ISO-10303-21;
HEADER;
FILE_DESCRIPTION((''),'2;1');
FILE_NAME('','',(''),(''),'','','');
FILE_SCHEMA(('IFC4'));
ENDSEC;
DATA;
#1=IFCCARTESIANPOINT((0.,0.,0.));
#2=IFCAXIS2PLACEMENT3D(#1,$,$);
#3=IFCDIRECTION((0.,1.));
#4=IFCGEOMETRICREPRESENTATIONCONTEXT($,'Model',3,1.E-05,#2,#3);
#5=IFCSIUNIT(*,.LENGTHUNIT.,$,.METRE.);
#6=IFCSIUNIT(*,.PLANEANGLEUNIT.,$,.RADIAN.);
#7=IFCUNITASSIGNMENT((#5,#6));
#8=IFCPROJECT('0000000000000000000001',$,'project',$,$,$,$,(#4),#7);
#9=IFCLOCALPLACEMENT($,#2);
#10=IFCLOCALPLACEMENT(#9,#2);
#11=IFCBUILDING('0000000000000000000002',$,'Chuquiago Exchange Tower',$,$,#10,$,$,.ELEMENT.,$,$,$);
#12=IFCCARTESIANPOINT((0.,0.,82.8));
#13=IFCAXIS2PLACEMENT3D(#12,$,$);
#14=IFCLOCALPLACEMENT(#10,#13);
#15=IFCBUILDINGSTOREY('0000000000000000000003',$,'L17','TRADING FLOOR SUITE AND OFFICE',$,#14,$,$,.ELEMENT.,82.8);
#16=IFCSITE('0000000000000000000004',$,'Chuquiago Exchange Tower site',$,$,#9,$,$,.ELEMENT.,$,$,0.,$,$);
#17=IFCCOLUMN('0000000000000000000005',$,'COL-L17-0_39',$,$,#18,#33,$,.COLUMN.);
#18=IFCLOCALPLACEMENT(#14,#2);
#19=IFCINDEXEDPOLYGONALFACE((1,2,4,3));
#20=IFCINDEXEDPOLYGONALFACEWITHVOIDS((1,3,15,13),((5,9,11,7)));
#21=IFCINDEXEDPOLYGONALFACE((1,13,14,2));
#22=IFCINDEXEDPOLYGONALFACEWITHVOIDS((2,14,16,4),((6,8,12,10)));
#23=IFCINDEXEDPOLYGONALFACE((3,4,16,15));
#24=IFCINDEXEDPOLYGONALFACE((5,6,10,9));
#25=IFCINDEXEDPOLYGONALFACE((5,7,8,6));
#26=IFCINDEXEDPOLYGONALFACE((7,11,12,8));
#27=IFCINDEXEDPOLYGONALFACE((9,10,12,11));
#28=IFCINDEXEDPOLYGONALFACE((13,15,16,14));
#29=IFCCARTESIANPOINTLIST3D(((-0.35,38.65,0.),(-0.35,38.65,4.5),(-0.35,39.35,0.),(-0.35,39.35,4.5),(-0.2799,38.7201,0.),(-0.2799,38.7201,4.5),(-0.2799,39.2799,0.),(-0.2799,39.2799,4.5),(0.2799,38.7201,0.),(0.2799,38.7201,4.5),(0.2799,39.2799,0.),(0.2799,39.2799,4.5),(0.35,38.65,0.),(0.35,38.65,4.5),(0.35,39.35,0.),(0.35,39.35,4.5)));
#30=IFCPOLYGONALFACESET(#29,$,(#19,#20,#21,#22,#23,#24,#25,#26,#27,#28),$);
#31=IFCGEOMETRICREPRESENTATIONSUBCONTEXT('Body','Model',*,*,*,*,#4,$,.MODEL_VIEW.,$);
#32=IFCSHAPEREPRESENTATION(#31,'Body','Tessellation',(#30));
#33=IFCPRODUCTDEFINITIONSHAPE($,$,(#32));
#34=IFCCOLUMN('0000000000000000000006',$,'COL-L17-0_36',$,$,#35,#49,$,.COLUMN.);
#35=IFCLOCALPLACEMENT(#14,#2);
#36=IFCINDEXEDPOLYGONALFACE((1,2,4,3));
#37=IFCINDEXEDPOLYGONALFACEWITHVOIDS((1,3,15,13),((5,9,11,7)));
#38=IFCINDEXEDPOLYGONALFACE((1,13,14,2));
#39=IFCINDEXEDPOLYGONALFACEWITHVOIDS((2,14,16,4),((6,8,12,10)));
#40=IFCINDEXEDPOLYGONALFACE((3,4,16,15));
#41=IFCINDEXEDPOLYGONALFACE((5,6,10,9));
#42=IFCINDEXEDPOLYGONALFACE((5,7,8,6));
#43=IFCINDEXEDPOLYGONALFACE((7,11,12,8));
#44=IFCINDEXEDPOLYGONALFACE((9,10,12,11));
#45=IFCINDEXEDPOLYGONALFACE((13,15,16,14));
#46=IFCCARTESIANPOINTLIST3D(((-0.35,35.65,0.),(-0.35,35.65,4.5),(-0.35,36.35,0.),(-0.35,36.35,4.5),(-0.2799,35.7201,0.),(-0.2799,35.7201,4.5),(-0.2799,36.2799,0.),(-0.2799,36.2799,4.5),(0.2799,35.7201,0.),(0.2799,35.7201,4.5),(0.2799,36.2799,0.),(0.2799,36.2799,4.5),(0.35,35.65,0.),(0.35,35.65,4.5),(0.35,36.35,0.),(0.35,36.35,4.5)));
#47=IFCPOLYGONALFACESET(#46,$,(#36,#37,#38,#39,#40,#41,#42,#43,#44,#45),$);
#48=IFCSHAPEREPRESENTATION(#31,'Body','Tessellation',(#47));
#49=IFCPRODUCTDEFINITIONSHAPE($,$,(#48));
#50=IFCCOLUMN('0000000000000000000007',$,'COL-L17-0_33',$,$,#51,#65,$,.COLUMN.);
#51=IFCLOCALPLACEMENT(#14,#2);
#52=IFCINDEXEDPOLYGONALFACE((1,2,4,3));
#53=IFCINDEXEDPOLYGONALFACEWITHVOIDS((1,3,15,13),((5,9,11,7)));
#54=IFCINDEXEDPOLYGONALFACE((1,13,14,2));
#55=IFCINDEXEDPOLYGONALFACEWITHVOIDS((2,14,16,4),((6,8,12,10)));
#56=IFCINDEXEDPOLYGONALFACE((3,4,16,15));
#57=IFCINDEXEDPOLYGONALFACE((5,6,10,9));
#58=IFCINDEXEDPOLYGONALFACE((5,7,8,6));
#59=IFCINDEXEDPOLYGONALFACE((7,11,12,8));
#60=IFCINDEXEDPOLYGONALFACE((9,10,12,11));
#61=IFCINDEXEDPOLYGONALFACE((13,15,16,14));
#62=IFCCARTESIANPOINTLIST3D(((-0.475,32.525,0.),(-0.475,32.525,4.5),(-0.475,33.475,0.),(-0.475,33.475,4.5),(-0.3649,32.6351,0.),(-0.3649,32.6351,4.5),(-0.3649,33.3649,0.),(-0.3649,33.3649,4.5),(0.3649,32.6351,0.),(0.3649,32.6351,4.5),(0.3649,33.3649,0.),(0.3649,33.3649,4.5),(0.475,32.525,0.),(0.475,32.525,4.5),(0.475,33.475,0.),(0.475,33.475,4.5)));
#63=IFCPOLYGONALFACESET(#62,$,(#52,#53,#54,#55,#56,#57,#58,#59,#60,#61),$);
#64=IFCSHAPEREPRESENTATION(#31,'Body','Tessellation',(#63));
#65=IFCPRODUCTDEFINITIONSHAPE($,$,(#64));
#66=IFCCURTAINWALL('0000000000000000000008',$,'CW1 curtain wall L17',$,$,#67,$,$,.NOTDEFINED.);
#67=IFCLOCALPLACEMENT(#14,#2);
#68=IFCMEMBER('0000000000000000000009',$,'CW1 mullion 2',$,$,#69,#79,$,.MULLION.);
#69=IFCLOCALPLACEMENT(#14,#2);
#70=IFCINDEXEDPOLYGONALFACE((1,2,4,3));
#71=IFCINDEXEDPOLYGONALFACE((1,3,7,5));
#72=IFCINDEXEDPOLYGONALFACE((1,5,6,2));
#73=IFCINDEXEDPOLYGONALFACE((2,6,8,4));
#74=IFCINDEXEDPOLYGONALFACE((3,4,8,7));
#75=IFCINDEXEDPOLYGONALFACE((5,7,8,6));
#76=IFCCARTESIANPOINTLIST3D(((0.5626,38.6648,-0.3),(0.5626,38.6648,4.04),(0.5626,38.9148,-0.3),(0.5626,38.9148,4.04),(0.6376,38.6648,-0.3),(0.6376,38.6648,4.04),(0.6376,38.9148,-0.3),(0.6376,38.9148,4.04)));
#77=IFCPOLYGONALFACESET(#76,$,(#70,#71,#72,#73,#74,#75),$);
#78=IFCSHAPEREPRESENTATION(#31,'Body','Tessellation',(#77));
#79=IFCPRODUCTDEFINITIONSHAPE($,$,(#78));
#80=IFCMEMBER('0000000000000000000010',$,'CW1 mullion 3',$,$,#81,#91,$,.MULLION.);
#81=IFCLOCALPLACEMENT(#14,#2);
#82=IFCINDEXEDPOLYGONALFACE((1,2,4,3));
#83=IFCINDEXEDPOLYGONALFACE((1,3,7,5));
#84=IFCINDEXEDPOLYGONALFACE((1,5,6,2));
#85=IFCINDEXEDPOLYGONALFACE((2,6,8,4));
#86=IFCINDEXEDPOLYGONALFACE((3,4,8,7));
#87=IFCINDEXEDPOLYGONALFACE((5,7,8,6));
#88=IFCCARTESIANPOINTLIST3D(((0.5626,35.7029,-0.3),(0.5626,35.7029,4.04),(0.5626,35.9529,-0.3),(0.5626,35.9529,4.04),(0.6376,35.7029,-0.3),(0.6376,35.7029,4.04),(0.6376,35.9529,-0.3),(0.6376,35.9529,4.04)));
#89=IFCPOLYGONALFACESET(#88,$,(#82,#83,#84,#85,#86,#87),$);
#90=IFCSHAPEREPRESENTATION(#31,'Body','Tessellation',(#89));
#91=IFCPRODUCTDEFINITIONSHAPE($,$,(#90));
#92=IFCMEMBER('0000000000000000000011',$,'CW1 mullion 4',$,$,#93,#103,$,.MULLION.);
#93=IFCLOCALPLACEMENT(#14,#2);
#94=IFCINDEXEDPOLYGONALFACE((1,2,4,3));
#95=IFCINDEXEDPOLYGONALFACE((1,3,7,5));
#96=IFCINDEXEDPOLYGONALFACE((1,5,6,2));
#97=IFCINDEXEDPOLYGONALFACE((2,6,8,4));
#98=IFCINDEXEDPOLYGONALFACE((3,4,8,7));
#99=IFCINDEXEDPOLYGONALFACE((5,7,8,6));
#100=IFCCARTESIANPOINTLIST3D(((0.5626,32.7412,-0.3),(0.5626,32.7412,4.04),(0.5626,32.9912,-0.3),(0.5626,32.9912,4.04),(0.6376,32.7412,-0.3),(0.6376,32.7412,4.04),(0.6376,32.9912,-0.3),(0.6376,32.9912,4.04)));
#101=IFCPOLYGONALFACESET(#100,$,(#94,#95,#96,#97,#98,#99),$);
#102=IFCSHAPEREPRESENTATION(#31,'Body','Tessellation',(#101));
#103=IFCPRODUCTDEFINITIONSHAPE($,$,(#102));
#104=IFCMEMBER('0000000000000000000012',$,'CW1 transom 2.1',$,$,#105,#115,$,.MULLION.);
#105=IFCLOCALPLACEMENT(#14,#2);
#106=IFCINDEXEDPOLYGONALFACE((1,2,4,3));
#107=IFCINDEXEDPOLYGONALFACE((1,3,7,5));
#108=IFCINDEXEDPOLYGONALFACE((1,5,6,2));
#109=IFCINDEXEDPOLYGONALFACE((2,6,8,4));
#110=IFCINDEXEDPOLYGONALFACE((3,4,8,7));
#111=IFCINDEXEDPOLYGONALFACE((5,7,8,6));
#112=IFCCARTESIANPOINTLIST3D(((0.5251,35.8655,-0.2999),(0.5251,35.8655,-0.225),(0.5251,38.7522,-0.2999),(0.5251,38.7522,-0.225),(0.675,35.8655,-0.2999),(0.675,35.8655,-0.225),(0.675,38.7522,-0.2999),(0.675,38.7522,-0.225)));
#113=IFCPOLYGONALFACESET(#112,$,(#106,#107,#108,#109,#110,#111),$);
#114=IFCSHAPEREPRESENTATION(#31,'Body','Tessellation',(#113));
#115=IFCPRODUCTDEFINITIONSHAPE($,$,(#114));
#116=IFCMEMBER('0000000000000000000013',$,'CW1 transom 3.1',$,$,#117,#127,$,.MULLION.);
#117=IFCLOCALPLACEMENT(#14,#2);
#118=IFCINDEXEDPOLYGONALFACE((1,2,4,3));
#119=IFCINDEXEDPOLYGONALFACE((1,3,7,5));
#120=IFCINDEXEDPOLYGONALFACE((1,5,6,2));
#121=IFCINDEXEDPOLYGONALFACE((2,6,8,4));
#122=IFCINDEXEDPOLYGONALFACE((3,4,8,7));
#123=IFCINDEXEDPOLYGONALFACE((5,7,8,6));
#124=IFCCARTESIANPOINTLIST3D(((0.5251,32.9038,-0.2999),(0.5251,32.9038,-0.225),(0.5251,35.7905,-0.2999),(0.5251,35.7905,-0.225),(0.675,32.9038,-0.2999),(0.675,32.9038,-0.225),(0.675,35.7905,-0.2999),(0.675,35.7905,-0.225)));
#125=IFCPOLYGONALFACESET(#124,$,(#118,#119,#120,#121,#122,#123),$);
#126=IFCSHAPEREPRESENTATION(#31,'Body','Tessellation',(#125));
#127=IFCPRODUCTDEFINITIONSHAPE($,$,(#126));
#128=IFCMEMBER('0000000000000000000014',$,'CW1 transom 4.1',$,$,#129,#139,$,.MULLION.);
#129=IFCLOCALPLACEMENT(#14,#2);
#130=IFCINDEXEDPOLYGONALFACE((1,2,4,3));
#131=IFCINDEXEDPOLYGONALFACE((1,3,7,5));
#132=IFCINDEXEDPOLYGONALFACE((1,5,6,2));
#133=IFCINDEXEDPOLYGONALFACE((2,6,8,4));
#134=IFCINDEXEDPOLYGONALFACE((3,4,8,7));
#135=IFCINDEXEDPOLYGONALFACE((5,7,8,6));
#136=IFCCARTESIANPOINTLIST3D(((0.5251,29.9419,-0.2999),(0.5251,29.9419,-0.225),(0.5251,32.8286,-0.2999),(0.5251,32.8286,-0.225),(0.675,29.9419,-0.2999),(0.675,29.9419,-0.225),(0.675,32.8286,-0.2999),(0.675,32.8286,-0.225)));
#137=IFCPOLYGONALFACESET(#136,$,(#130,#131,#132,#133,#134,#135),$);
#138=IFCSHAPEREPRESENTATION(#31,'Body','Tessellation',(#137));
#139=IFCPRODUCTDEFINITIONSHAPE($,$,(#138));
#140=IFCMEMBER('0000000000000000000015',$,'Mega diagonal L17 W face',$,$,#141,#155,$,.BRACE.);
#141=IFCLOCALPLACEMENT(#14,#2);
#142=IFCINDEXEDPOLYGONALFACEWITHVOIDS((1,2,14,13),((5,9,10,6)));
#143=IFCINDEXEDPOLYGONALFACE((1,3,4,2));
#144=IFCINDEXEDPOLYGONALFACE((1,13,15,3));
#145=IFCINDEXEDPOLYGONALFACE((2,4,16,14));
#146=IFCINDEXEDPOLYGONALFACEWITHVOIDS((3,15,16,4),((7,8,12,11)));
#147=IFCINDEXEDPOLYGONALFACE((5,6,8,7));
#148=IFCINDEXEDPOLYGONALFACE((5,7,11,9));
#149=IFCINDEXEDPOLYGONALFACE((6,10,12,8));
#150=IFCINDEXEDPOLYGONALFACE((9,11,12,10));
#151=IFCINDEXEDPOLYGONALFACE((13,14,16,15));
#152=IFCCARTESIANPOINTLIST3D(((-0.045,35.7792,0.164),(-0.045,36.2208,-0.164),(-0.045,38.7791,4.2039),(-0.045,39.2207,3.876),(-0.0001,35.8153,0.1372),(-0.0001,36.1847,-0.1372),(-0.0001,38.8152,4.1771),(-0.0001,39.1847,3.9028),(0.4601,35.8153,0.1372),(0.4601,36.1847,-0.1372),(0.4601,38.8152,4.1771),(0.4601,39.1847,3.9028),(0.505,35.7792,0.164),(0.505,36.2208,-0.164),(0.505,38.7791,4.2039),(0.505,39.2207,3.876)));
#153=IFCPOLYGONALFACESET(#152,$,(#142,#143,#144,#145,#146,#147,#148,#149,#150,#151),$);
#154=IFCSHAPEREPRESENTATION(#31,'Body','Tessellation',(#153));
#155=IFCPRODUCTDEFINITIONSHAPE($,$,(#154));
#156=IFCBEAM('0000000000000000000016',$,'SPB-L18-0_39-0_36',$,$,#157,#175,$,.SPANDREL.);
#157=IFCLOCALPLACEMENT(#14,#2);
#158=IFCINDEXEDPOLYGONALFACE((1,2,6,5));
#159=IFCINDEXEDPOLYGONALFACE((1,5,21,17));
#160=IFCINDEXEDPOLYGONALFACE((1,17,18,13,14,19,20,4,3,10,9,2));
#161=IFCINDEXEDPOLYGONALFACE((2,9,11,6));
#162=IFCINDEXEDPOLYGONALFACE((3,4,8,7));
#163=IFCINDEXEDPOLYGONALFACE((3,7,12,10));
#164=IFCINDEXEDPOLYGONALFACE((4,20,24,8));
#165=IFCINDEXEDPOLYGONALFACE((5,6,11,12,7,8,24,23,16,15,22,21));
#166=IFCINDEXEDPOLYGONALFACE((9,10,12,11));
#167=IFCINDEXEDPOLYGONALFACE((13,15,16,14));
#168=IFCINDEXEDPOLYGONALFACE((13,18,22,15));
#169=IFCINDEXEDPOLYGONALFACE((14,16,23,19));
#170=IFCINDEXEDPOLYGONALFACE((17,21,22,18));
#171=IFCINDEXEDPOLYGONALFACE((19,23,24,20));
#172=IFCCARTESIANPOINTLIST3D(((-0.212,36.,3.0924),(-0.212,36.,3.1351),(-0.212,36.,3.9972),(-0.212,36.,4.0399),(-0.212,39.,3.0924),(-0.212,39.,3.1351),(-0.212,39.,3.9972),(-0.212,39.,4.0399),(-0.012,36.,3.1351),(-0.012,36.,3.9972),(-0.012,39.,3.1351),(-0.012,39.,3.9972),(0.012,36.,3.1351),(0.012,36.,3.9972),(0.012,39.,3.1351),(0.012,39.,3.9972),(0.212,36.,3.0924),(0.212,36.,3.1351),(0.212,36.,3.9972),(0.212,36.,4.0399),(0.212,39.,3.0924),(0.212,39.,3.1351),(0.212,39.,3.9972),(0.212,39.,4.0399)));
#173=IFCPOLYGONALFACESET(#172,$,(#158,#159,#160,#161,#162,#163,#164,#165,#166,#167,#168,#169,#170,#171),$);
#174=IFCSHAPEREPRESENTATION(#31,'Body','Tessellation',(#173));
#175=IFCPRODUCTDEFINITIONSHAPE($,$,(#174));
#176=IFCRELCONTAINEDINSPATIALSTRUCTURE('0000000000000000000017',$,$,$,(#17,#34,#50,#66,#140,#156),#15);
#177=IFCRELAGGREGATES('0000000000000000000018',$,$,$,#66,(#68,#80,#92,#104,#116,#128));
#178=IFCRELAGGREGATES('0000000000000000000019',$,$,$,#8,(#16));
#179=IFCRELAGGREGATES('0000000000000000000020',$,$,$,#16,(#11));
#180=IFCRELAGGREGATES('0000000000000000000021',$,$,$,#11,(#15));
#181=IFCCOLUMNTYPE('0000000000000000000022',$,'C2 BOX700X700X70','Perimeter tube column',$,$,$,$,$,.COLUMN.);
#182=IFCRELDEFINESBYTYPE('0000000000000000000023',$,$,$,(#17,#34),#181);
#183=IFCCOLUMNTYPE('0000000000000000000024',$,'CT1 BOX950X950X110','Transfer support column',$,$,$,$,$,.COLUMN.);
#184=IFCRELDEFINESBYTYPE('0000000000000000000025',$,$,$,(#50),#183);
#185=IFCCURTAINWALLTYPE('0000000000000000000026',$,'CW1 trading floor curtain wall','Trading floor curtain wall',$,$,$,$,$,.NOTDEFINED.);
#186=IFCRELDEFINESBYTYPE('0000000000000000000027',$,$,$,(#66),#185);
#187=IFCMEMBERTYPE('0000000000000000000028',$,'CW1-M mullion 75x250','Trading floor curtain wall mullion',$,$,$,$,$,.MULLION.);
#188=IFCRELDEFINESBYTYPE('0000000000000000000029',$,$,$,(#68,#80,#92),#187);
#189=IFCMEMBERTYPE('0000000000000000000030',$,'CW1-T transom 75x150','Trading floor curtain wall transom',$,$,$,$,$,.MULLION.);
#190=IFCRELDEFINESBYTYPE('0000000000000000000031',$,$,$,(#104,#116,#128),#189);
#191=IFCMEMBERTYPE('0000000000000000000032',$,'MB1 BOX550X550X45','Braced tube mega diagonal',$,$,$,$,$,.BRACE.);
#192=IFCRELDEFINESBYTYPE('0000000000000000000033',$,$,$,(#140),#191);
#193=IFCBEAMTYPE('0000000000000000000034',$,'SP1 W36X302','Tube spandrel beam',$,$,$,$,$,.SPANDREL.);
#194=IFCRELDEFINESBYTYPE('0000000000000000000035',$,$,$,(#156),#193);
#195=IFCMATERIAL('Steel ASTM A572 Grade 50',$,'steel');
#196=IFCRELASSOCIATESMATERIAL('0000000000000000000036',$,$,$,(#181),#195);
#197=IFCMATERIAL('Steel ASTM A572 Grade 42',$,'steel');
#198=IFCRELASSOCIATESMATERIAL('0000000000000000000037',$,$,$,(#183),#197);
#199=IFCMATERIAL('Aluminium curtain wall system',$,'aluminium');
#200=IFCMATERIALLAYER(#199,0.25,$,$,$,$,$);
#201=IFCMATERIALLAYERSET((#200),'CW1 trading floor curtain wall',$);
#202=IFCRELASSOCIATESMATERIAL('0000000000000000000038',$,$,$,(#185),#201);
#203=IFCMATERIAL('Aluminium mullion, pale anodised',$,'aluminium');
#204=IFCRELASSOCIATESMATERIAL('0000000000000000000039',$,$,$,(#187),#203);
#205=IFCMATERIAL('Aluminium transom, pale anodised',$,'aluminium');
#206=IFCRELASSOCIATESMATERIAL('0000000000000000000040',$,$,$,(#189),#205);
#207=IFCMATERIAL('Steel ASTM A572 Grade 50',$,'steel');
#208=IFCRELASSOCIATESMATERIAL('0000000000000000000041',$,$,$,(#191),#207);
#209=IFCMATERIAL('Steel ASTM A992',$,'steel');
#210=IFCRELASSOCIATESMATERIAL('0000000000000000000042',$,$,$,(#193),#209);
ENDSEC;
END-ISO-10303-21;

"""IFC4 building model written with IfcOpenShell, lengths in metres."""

from ifc_helpers import new_model, si_unit, direction, frame, origin, origin_2d, place, context, subcontext, project, spatial, rectangle, hollow_rectangle, i_section, extrude, material, layer, layer_set, material_profile, profile_set, type_object, element, aggregate, save


model = new_model("IFC4")

# Units and contexts
model_context = context("Model", 3, precision=1e-05, world=origin(), true_north=direction((0.0, 1.0)))
body_context = subcontext(model_context, "Body", "Model", "MODEL_VIEW")
ifc_project = project(units=[si_unit("LENGTHUNIT", "METRE"), si_unit("PLANEANGLEUNIT", "RADIAN")], contexts=[model_context])

# Site, building, storey
site_placement = place(None, origin())
site = spatial("IfcSite", under=ifc_project, at=site_placement, Name="Chuquiago Exchange Tower site", CompositionType="ELEMENT", RefElevation=0.0)
building_placement = place(site_placement, origin())
building = spatial("IfcBuilding", under=site, at=building_placement, Name="Chuquiago Exchange Tower", CompositionType="ELEMENT")
storey_placement = place(building_placement, frame((0.0, 0.0, 82.8)))
storey = spatial("IfcBuildingStorey", under=building, at=storey_placement, Name="L17", Description="TRADING FLOOR SUITE AND OFFICE", CompositionType="ELEMENT", Elevation=82.8)

# Columns
ifc_material_1 = material(Name="Steel ASTM A572 Grade 50", Category="steel")
ifc_material_profile_1 = material_profile(ifc_material_1, hollow_rectangle(XDim=0.7, YDim=0.7, WallThickness=0.0701, at=origin_2d()), Name="BOX700X700X70")
ifc_profile_set_1 = profile_set([ifc_material_profile_1], Name="Steel ASTM A572 Grade 50")
column_type_1 = type_object("IfcColumnType", Name="C2 BOX700X700X70", Description="Perimeter tube column", PredefinedType="COLUMN", material=ifc_profile_set_1)
for number, where, z_axis, x_axis, name in (
    (1, (0.0, 39.0, 0.0), (0.0, 0.0, 1.0), (-1.0, 0.0, 0.0), "COL-L17-0_39"),
    (2, (0.0, 36.0, 0.0), (0.0, 0.0, 1.0), (-1.0, 0.0, 0.0), "COL-L17-0_36"),
):
    element("IfcColumn", number, at=place(storey_placement, frame(where, z_axis=z_axis, x_axis=x_axis)), inside=storey, type_object=column_type_1, Name=name, PredefinedType="COLUMN", context=body_context, shape_type="SweptSolid", body=[
        extrude(hollow_rectangle(XDim=0.7, YDim=0.7, WallThickness=0.0701, at=origin_2d()), origin(), (0.0, 0.0, 1.0), 4.5),
    ])
ifc_material_2 = material(Name="Steel ASTM A572 Grade 42", Category="steel")
ifc_material_profile_2 = material_profile(ifc_material_2, hollow_rectangle(XDim=0.95, YDim=0.95, WallThickness=0.1101, at=origin_2d()), Name="BOX950X950X110")
ifc_profile_set_2 = profile_set([ifc_material_profile_2], Name="Steel ASTM A572 Grade 42")
column_type_2 = type_object("IfcColumnType", Name="CT1 BOX950X950X110", Description="Transfer support column", PredefinedType="COLUMN", material=ifc_profile_set_2)
column_placement = place(storey_placement, frame((0.0, 33.0, 0.0), z_axis=(0.0, 0.0, 1.0), x_axis=(-1.0, 0.0, 0.0)))
element("IfcColumn", 3, at=column_placement, inside=storey, type_object=column_type_2, Name="COL-L17-0_33", PredefinedType="COLUMN", context=body_context, shape_type="SweptSolid", body=[
    extrude(hollow_rectangle(XDim=0.95, YDim=0.95, WallThickness=0.1101, at=origin_2d()), origin(), (0.0, 0.0, 1.0), 4.5),
])

# Curtain wall, members
ifc_material_3 = material(Name="Aluminium curtain wall system", Category="aluminium")
ifc_layer_1 = layer(ifc_material_3, 0.25)
ifc_layer_set_1 = layer_set([ifc_layer_1], Name="CW1 trading floor curtain wall")
curtain_wall_type = type_object("IfcCurtainWallType", Name="CW1 trading floor curtain wall", Description="Trading floor curtain wall", PredefinedType="NOTDEFINED", material=ifc_layer_set_1)
curtain_wall_placement = place(storey_placement, origin())
curtain_wall = element("IfcCurtainWall", 4, at=curtain_wall_placement, inside=storey, type_object=curtain_wall_type, Name="CW1 curtain wall L17", PredefinedType="NOTDEFINED")
ifc_material_4 = material(Name="Aluminium mullion, pale anodised", Category="aluminium")
ifc_material_profile_3 = material_profile(ifc_material_4, rectangle(XDim=0.075, YDim=0.25, at=origin_2d()), Name="AL 75x250")
ifc_profile_set_3 = profile_set([ifc_material_profile_3], Name="Aluminium mullion, pale anodised")
member_type_1 = type_object("IfcMemberType", Name="CW1-M mullion 75x250", Description="Trading floor curtain wall mullion", PredefinedType="MULLION", material=ifc_profile_set_3)
member_1_placement = place(storey_placement, frame((0.6001, 38.7898, -0.3), z_axis=(0.0, 0.0, 1.0), x_axis=(1.0, 0.0, 0.0)))
member_1 = element("IfcMember", 5, at=member_1_placement, type_object=member_type_1, Name="CW1 mullion 2", PredefinedType="MULLION", context=body_context, shape_type="SweptSolid", body=[
    extrude(rectangle(XDim=0.075, YDim=0.25, at=origin_2d()), origin(), (0.0, 0.0, 1.0), 4.3401),
])
member_2_placement = place(storey_placement, frame((0.6001, 35.8279, -0.3), z_axis=(0.0, 0.0, 1.0), x_axis=(1.0, 0.0, 0.0)))
member_2 = element("IfcMember", 6, at=member_2_placement, type_object=member_type_1, Name="CW1 mullion 3", PredefinedType="MULLION", context=body_context, shape_type="SweptSolid", body=[
    extrude(rectangle(XDim=0.075, YDim=0.25, at=origin_2d()), origin(), (0.0, 0.0, 1.0), 4.3401),
])
member_3_placement = place(storey_placement, frame((0.6001, 32.8662, -0.3), z_axis=(0.0, 0.0, 1.0), x_axis=(1.0, 0.0, 0.0)))
member_3 = element("IfcMember", 7, at=member_3_placement, type_object=member_type_1, Name="CW1 mullion 4", PredefinedType="MULLION", context=body_context, shape_type="SweptSolid", body=[
    extrude(rectangle(XDim=0.075, YDim=0.25, at=origin_2d()), origin(), (0.0, 0.0, 1.0), 4.3401),
])
ifc_material_5 = material(Name="Aluminium transom, pale anodised", Category="aluminium")
ifc_material_profile_4 = material_profile(ifc_material_5, rectangle(XDim=0.1499, YDim=0.075, at=origin_2d()), Name="AL 150x75")
ifc_profile_set_4 = profile_set([ifc_material_profile_4], Name="Aluminium transom, pale anodised")
member_type_2 = type_object("IfcMemberType", Name="CW1-T transom 75x150", Description="Trading floor curtain wall transom", PredefinedType="MULLION", material=ifc_profile_set_4)
member_4_placement = place(storey_placement, frame((0.6001, 38.7522, -0.2625), z_axis=(0.0, -1.0, 0.0), x_axis=(1.0, 0.0, 0.0)))
member_4 = element("IfcMember", 8, at=member_4_placement, type_object=member_type_2, Name="CW1 transom 2.1", PredefinedType="MULLION", context=body_context, shape_type="SweptSolid", body=[
    extrude(rectangle(XDim=0.1499, YDim=0.075, at=origin_2d()), origin(), (0.0, 0.0, 1.0), 2.8867),
])
member_5_placement = place(storey_placement, frame((0.6001, 35.7905, -0.2625), z_axis=(0.0, -1.0, 0.0), x_axis=(1.0, 0.0, 0.0)))
member_5 = element("IfcMember", 9, at=member_5_placement, type_object=member_type_2, Name="CW1 transom 3.1", PredefinedType="MULLION", context=body_context, shape_type="SweptSolid", body=[
    extrude(rectangle(XDim=0.1499, YDim=0.075, at=origin_2d()), origin(), (0.0, 0.0, 1.0), 2.8867),
])
member_6_placement = place(storey_placement, frame((0.6001, 32.8286, -0.2625), z_axis=(0.0, -1.0, 0.0), x_axis=(1.0, 0.0, 0.0)))
member_6 = element("IfcMember", 10, at=member_6_placement, type_object=member_type_2, Name="CW1 transom 4.1", PredefinedType="MULLION", context=body_context, shape_type="SweptSolid", body=[
    extrude(rectangle(XDim=0.1499, YDim=0.075, at=origin_2d()), origin(), (0.0, 0.0, 1.0), 2.8867),
])

# Member
ifc_material_6 = material(Name="Steel ASTM A572 Grade 50", Category="steel")
ifc_material_profile_5 = material_profile(ifc_material_6, hollow_rectangle(XDim=0.55, YDim=0.55, WallThickness=0.0449, at=origin_2d()), Name="BOX550X550X45")
ifc_profile_set_5 = profile_set([ifc_material_profile_5], Name="Steel ASTM A572 Grade 50")
member_type_3 = type_object("IfcMemberType", Name="MB1 BOX550X550X45", Description="Braced tube mega diagonal", PredefinedType="BRACE", material=ifc_profile_set_5)
member_7_placement = place(storey_placement, frame((0.23, 36.0, 0.0), z_axis=(0.0, 0.596174, 0.802855), x_axis=(-1.0, 0.0, 0.0)))
element("IfcMember", 11, at=member_7_placement, inside=storey, type_object=member_type_3, Name="Mega diagonal L17 W face", PredefinedType="BRACE", context=body_context, shape_type="SweptSolid", body=[
    extrude(hollow_rectangle(XDim=0.55, YDim=0.55, WallThickness=0.0449, at=origin_2d()), origin(), (0.0, 0.0, 1.0), 5.032),
])

# Beam
ifc_material_7 = material(Name="Steel ASTM A992", Category="steel")
ifc_material_profile_6 = material_profile(ifc_material_7, i_section(OverallWidth=0.4241, OverallDepth=0.9475, WebThickness=0.0239, FlangeThickness=0.0427, at=origin_2d()), Name="W36X302")
ifc_profile_set_6 = profile_set([ifc_material_profile_6], Name="Steel ASTM A992")
beam_type = type_object("IfcBeamType", Name="SP1 W36X302", Description="Tube spandrel beam", PredefinedType="SPANDREL", material=ifc_profile_set_6)
for number, where, z_axis, x_axis, name in (
    (12, (0.0, 39.0, 3.5662), (0.0, -1.0, 0.0), (1.0, 0.0, 0.0), "SPB-L18-0_39-0_36"),
):
    element("IfcBeam", number, at=place(storey_placement, frame(where, z_axis=z_axis, x_axis=x_axis)), inside=storey, type_object=beam_type, Name=name, PredefinedType="SPANDREL", context=body_context, shape_type="SweptSolid", body=[
        extrude(i_section(OverallWidth=0.4241, OverallDepth=0.9475, WebThickness=0.0239, FlangeThickness=0.0427, at=origin_2d()), origin(), (0.0, 0.0, 1.0), 3.0),
    ])

aggregate(curtain_wall, [member_1, member_2, member_3, member_4, member_5, member_6])

save(model, "model.ifc")
